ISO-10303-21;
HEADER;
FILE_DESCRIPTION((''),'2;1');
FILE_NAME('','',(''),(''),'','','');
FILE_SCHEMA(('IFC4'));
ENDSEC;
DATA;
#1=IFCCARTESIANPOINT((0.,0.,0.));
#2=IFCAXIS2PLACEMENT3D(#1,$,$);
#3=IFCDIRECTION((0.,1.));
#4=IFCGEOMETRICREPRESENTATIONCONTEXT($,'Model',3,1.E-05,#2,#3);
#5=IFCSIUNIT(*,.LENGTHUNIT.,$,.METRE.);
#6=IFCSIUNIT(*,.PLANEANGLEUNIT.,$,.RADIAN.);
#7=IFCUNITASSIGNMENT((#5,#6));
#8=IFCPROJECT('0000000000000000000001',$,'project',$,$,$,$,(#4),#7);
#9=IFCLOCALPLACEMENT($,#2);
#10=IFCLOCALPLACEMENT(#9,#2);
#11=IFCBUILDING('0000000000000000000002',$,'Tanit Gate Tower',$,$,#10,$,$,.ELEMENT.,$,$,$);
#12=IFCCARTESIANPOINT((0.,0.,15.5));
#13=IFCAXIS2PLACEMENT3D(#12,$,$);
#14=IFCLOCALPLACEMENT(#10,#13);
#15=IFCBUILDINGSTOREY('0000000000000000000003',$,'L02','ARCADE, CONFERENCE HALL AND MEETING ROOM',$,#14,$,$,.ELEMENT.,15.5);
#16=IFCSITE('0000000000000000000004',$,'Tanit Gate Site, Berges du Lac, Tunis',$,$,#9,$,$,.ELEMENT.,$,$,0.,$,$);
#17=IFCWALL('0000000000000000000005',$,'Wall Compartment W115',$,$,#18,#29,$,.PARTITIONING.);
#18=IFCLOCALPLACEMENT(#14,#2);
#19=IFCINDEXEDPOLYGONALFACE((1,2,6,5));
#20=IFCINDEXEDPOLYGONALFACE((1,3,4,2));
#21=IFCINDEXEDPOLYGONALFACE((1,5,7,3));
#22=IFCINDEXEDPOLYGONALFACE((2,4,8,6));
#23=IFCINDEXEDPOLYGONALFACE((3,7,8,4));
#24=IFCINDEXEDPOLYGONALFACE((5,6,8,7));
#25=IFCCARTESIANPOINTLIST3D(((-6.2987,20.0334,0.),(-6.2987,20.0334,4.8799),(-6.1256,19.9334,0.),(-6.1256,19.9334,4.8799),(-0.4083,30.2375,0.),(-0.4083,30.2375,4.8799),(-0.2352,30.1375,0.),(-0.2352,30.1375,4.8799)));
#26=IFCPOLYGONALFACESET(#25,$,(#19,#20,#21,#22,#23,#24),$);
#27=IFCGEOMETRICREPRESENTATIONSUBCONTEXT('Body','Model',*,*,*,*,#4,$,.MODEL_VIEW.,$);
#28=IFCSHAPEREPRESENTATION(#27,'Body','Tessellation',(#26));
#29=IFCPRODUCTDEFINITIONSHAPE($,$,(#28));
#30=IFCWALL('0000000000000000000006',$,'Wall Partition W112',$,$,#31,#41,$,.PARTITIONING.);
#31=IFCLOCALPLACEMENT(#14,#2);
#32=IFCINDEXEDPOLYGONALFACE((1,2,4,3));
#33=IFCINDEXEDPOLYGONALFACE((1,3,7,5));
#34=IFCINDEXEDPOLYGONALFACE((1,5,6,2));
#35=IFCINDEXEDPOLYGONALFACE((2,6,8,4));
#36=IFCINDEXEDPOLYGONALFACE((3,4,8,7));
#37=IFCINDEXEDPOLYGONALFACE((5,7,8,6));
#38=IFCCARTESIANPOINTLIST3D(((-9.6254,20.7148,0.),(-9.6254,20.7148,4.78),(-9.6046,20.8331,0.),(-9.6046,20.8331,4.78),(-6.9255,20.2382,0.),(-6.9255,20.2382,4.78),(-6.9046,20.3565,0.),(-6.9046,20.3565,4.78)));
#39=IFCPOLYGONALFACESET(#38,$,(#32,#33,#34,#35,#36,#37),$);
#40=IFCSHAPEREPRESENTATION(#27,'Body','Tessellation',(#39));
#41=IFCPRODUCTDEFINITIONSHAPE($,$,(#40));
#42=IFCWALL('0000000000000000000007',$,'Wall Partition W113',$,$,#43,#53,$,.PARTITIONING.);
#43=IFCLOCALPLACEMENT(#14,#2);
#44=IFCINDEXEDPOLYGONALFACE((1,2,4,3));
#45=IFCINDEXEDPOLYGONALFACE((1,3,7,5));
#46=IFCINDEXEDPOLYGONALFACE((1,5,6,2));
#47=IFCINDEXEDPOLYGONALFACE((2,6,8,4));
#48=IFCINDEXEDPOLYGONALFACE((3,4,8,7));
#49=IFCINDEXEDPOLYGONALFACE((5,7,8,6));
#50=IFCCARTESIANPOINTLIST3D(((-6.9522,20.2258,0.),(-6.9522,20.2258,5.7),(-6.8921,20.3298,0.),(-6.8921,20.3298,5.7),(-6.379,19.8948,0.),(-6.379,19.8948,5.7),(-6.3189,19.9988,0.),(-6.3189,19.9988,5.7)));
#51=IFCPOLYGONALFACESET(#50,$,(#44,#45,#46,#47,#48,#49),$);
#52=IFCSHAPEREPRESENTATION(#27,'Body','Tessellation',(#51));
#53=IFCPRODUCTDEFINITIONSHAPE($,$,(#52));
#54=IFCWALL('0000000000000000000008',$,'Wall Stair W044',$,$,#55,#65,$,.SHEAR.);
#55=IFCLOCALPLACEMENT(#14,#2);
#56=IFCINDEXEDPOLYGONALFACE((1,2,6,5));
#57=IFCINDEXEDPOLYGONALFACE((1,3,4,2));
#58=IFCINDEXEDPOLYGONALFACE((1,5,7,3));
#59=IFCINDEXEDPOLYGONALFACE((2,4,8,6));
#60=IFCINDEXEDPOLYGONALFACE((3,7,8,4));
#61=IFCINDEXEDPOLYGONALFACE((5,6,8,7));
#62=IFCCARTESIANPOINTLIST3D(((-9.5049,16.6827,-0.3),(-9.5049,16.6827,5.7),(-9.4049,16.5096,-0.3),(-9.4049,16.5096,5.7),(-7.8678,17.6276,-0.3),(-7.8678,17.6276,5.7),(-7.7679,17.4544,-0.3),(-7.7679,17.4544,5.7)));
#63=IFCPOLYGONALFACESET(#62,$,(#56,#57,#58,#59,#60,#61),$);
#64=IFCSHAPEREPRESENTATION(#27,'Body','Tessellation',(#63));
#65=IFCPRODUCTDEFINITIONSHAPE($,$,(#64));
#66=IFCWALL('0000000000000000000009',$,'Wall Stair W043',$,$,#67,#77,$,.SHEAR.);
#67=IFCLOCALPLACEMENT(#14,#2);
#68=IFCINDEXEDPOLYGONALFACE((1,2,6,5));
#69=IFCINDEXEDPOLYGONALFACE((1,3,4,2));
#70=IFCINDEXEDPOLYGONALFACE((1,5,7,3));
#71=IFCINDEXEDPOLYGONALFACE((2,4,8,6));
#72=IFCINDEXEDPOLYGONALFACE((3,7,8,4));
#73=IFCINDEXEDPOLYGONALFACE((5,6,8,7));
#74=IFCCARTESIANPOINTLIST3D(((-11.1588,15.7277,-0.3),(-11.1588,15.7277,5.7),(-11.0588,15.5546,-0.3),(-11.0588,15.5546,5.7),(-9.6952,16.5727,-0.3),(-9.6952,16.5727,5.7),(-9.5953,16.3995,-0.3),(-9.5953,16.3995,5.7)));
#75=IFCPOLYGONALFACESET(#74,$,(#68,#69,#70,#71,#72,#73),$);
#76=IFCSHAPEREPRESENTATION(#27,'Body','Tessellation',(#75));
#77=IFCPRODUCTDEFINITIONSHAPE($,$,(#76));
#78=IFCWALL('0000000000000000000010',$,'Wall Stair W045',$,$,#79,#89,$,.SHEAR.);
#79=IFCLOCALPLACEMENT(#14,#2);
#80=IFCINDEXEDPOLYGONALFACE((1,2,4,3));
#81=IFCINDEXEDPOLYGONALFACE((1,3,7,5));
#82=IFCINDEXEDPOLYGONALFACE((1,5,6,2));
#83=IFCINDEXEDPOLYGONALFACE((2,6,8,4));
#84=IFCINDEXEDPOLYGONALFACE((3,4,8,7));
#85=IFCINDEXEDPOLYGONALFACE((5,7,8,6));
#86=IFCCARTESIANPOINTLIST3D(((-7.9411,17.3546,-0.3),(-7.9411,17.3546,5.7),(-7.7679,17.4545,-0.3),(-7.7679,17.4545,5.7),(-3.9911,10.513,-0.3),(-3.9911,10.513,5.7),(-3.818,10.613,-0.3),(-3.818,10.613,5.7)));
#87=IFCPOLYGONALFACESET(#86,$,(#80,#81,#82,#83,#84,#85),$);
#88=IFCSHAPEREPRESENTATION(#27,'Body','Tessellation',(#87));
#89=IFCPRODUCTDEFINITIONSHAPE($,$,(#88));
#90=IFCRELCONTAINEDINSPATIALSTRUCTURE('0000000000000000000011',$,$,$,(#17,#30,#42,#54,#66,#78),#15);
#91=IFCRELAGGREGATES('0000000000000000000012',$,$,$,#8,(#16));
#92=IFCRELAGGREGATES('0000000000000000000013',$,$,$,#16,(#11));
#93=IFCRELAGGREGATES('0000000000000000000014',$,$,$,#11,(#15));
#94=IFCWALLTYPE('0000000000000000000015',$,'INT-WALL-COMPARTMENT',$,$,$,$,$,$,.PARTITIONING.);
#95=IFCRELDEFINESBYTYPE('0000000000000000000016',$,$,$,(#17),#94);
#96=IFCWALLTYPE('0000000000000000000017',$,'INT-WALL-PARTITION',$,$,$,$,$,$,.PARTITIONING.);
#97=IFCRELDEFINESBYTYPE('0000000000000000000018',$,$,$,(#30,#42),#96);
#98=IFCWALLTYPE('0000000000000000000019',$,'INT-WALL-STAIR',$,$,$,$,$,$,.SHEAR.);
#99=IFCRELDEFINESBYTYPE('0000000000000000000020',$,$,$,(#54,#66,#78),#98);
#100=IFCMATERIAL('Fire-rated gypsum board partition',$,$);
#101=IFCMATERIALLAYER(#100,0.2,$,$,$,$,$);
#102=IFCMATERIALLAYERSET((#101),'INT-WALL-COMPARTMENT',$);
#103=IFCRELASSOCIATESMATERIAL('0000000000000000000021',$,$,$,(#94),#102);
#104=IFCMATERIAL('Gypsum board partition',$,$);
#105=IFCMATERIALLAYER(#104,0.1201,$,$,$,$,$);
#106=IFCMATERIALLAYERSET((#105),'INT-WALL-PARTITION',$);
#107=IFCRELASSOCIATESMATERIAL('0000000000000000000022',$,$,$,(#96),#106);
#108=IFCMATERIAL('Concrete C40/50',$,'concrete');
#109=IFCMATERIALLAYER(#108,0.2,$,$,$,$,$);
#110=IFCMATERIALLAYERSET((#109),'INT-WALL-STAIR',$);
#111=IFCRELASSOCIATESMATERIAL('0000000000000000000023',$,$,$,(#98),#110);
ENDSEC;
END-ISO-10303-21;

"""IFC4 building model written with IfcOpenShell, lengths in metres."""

from ifc_helpers import new_model, si_unit, direction, frame, frame_2d, origin, place, context, subcontext, project, spatial, rectangle, extrude, material, layer, layer_set, type_object, element, save


model = new_model("IFC4")

# Units and contexts
model_context = context("Model", 3, precision=1e-05, world=origin(), true_north=direction((0.0, 1.0)))
body_context = subcontext(model_context, "Body", "Model", "MODEL_VIEW")
ifc_project = project(units=[si_unit("LENGTHUNIT", "METRE"), si_unit("PLANEANGLEUNIT", "RADIAN")], contexts=[model_context])

# Site, building, storey
site_placement = place(None, origin())
site = spatial("IfcSite", under=ifc_project, at=site_placement, Name="Tanit Gate Site, Berges du Lac, Tunis", CompositionType="ELEMENT", RefElevation=0.0)
building_placement = place(site_placement, origin())
building = spatial("IfcBuilding", under=site, at=building_placement, Name="Tanit Gate Tower", CompositionType="ELEMENT")
storey_placement = place(building_placement, frame((0.0, 0.0, 15.5)))
storey = spatial("IfcBuildingStorey", under=building, at=storey_placement, Name="L02", Description="ARCADE, CONFERENCE HALL AND MEETING ROOM", CompositionType="ELEMENT", Elevation=15.5)

# Shared definitions
ifc_material_1 = material(Name="Fire-rated gypsum board partition")
ifc_layer_1 = layer(ifc_material_1, 0.2)
ifc_layer_set_1 = layer_set([ifc_layer_1], Name="INT-WALL-COMPARTMENT")
wall_type_1 = type_object("IfcWallType", Name="INT-WALL-COMPARTMENT", PredefinedType="PARTITIONING", material=ifc_layer_set_1)

# Walls
wall_1_placement = place(storey_placement, frame((-6.2122, 19.9834, 0.0), z_axis=(0.0, 0.0, 1.0), x_axis=(0.499939, 0.866061, 0.0)))
element("IfcWall", 1, at=wall_1_placement, inside=storey, type_object=wall_type_1, Name="Wall Compartment W115", PredefinedType="PARTITIONING", context=body_context, shape_type="SweptSolid", body=[
    extrude(rectangle(XDim=11.7822, YDim=0.2, at=frame_2d((5.8911, 0.0))), origin(), (0.0, 0.0, 1.0), 4.8799),
])
ifc_material_2 = material(Name="Gypsum board partition")
ifc_layer_2 = layer(ifc_material_2, 0.1201)
ifc_layer_set_2 = layer_set([ifc_layer_2], Name="INT-WALL-PARTITION")
wall_type_2 = type_object("IfcWallType", Name="INT-WALL-PARTITION", PredefinedType="PARTITIONING", material=ifc_layer_set_2)
wall_2_placement = place(storey_placement, frame((-6.915, 20.2974, 0.0), z_axis=(0.0, 0.0, 1.0), x_axis=(-0.984777, 0.173821, 0.0)))
element("IfcWall", 2, at=wall_2_placement, inside=storey, type_object=wall_type_2, Name="Wall Partition W112", PredefinedType="PARTITIONING", context=body_context, shape_type="SweptSolid", body=[
    extrude(rectangle(XDim=2.7417, YDim=0.1201, at=frame_2d((1.3708, 0.0))), origin(), (0.0, 0.0, 1.0), 4.78),
])
wall_3_placement = place(storey_placement, frame((-6.3489, 19.9468, 0.0), z_axis=(0.0, 0.0, 1.0), x_axis=(-0.865964, 0.500106, 0.0)))
element("IfcWall", 3, at=wall_3_placement, inside=storey, type_object=wall_type_2, Name="Wall Partition W113", PredefinedType="PARTITIONING", context=body_context, shape_type="SweptSolid", body=[
    extrude(rectangle(XDim=0.6619, YDim=0.1201, at=frame_2d((0.3311, 0.0))), origin(), (0.0, 0.0, 1.0), 5.7),
])
ifc_material_3 = material(Name="Concrete C40/50", Category="concrete")
ifc_layer_3 = layer(ifc_material_3, 0.2)
ifc_layer_set_3 = layer_set([ifc_layer_3], Name="INT-WALL-STAIR")
wall_type_3 = type_object("IfcWallType", Name="INT-WALL-STAIR", PredefinedType="SHEAR", material=ifc_layer_set_3)
wall_4_placement = place(storey_placement, frame((-7.8179, 17.541, -0.3), z_axis=(0.0, 0.0, 1.0), x_axis=(-0.866089, -0.49989, 0.0)))
element("IfcWall", 4, at=wall_4_placement, inside=storey, type_object=wall_type_3, Name="Wall Stair W044", PredefinedType="SHEAR", context=body_context, shape_type="SweptSolid", body=[
    extrude(rectangle(XDim=1.8901, YDim=0.2, at=frame_2d((0.9451, 0.0))), origin(), (0.0, 0.0, 1.0), 6.0),
])
wall_5_placement = place(storey_placement, frame((-9.6453, 16.4861, -0.3), z_axis=(0.0, 0.0, 1.0), x_axis=(-0.866039, -0.499977, 0.0)))
element("IfcWall", 5, at=wall_5_placement, inside=storey, type_object=wall_type_3, Name="Wall Stair W043", PredefinedType="SHEAR", context=body_context, shape_type="SweptSolid", body=[
    extrude(rectangle(XDim=1.6899, YDim=0.2, at=frame_2d((0.845, 0.0))), origin(), (0.0, 0.0, 1.0), 6.0),
])
wall_6_placement = place(storey_placement, frame((-7.8545, 17.4045, -0.3), z_axis=(0.0, 0.0, 1.0), x_axis=(0.499998, -0.866027, 0.0)))
element("IfcWall", 6, at=wall_6_placement, inside=storey, type_object=wall_type_3, Name="Wall Stair W045", PredefinedType="SHEAR", context=body_context, shape_type="SweptSolid", body=[
    extrude(rectangle(XDim=7.8999, YDim=0.2, at=frame_2d((3.95, 0.0))), origin(), (0.0, 0.0, 1.0), 6.0),
])

save(model, "model.ifc")
